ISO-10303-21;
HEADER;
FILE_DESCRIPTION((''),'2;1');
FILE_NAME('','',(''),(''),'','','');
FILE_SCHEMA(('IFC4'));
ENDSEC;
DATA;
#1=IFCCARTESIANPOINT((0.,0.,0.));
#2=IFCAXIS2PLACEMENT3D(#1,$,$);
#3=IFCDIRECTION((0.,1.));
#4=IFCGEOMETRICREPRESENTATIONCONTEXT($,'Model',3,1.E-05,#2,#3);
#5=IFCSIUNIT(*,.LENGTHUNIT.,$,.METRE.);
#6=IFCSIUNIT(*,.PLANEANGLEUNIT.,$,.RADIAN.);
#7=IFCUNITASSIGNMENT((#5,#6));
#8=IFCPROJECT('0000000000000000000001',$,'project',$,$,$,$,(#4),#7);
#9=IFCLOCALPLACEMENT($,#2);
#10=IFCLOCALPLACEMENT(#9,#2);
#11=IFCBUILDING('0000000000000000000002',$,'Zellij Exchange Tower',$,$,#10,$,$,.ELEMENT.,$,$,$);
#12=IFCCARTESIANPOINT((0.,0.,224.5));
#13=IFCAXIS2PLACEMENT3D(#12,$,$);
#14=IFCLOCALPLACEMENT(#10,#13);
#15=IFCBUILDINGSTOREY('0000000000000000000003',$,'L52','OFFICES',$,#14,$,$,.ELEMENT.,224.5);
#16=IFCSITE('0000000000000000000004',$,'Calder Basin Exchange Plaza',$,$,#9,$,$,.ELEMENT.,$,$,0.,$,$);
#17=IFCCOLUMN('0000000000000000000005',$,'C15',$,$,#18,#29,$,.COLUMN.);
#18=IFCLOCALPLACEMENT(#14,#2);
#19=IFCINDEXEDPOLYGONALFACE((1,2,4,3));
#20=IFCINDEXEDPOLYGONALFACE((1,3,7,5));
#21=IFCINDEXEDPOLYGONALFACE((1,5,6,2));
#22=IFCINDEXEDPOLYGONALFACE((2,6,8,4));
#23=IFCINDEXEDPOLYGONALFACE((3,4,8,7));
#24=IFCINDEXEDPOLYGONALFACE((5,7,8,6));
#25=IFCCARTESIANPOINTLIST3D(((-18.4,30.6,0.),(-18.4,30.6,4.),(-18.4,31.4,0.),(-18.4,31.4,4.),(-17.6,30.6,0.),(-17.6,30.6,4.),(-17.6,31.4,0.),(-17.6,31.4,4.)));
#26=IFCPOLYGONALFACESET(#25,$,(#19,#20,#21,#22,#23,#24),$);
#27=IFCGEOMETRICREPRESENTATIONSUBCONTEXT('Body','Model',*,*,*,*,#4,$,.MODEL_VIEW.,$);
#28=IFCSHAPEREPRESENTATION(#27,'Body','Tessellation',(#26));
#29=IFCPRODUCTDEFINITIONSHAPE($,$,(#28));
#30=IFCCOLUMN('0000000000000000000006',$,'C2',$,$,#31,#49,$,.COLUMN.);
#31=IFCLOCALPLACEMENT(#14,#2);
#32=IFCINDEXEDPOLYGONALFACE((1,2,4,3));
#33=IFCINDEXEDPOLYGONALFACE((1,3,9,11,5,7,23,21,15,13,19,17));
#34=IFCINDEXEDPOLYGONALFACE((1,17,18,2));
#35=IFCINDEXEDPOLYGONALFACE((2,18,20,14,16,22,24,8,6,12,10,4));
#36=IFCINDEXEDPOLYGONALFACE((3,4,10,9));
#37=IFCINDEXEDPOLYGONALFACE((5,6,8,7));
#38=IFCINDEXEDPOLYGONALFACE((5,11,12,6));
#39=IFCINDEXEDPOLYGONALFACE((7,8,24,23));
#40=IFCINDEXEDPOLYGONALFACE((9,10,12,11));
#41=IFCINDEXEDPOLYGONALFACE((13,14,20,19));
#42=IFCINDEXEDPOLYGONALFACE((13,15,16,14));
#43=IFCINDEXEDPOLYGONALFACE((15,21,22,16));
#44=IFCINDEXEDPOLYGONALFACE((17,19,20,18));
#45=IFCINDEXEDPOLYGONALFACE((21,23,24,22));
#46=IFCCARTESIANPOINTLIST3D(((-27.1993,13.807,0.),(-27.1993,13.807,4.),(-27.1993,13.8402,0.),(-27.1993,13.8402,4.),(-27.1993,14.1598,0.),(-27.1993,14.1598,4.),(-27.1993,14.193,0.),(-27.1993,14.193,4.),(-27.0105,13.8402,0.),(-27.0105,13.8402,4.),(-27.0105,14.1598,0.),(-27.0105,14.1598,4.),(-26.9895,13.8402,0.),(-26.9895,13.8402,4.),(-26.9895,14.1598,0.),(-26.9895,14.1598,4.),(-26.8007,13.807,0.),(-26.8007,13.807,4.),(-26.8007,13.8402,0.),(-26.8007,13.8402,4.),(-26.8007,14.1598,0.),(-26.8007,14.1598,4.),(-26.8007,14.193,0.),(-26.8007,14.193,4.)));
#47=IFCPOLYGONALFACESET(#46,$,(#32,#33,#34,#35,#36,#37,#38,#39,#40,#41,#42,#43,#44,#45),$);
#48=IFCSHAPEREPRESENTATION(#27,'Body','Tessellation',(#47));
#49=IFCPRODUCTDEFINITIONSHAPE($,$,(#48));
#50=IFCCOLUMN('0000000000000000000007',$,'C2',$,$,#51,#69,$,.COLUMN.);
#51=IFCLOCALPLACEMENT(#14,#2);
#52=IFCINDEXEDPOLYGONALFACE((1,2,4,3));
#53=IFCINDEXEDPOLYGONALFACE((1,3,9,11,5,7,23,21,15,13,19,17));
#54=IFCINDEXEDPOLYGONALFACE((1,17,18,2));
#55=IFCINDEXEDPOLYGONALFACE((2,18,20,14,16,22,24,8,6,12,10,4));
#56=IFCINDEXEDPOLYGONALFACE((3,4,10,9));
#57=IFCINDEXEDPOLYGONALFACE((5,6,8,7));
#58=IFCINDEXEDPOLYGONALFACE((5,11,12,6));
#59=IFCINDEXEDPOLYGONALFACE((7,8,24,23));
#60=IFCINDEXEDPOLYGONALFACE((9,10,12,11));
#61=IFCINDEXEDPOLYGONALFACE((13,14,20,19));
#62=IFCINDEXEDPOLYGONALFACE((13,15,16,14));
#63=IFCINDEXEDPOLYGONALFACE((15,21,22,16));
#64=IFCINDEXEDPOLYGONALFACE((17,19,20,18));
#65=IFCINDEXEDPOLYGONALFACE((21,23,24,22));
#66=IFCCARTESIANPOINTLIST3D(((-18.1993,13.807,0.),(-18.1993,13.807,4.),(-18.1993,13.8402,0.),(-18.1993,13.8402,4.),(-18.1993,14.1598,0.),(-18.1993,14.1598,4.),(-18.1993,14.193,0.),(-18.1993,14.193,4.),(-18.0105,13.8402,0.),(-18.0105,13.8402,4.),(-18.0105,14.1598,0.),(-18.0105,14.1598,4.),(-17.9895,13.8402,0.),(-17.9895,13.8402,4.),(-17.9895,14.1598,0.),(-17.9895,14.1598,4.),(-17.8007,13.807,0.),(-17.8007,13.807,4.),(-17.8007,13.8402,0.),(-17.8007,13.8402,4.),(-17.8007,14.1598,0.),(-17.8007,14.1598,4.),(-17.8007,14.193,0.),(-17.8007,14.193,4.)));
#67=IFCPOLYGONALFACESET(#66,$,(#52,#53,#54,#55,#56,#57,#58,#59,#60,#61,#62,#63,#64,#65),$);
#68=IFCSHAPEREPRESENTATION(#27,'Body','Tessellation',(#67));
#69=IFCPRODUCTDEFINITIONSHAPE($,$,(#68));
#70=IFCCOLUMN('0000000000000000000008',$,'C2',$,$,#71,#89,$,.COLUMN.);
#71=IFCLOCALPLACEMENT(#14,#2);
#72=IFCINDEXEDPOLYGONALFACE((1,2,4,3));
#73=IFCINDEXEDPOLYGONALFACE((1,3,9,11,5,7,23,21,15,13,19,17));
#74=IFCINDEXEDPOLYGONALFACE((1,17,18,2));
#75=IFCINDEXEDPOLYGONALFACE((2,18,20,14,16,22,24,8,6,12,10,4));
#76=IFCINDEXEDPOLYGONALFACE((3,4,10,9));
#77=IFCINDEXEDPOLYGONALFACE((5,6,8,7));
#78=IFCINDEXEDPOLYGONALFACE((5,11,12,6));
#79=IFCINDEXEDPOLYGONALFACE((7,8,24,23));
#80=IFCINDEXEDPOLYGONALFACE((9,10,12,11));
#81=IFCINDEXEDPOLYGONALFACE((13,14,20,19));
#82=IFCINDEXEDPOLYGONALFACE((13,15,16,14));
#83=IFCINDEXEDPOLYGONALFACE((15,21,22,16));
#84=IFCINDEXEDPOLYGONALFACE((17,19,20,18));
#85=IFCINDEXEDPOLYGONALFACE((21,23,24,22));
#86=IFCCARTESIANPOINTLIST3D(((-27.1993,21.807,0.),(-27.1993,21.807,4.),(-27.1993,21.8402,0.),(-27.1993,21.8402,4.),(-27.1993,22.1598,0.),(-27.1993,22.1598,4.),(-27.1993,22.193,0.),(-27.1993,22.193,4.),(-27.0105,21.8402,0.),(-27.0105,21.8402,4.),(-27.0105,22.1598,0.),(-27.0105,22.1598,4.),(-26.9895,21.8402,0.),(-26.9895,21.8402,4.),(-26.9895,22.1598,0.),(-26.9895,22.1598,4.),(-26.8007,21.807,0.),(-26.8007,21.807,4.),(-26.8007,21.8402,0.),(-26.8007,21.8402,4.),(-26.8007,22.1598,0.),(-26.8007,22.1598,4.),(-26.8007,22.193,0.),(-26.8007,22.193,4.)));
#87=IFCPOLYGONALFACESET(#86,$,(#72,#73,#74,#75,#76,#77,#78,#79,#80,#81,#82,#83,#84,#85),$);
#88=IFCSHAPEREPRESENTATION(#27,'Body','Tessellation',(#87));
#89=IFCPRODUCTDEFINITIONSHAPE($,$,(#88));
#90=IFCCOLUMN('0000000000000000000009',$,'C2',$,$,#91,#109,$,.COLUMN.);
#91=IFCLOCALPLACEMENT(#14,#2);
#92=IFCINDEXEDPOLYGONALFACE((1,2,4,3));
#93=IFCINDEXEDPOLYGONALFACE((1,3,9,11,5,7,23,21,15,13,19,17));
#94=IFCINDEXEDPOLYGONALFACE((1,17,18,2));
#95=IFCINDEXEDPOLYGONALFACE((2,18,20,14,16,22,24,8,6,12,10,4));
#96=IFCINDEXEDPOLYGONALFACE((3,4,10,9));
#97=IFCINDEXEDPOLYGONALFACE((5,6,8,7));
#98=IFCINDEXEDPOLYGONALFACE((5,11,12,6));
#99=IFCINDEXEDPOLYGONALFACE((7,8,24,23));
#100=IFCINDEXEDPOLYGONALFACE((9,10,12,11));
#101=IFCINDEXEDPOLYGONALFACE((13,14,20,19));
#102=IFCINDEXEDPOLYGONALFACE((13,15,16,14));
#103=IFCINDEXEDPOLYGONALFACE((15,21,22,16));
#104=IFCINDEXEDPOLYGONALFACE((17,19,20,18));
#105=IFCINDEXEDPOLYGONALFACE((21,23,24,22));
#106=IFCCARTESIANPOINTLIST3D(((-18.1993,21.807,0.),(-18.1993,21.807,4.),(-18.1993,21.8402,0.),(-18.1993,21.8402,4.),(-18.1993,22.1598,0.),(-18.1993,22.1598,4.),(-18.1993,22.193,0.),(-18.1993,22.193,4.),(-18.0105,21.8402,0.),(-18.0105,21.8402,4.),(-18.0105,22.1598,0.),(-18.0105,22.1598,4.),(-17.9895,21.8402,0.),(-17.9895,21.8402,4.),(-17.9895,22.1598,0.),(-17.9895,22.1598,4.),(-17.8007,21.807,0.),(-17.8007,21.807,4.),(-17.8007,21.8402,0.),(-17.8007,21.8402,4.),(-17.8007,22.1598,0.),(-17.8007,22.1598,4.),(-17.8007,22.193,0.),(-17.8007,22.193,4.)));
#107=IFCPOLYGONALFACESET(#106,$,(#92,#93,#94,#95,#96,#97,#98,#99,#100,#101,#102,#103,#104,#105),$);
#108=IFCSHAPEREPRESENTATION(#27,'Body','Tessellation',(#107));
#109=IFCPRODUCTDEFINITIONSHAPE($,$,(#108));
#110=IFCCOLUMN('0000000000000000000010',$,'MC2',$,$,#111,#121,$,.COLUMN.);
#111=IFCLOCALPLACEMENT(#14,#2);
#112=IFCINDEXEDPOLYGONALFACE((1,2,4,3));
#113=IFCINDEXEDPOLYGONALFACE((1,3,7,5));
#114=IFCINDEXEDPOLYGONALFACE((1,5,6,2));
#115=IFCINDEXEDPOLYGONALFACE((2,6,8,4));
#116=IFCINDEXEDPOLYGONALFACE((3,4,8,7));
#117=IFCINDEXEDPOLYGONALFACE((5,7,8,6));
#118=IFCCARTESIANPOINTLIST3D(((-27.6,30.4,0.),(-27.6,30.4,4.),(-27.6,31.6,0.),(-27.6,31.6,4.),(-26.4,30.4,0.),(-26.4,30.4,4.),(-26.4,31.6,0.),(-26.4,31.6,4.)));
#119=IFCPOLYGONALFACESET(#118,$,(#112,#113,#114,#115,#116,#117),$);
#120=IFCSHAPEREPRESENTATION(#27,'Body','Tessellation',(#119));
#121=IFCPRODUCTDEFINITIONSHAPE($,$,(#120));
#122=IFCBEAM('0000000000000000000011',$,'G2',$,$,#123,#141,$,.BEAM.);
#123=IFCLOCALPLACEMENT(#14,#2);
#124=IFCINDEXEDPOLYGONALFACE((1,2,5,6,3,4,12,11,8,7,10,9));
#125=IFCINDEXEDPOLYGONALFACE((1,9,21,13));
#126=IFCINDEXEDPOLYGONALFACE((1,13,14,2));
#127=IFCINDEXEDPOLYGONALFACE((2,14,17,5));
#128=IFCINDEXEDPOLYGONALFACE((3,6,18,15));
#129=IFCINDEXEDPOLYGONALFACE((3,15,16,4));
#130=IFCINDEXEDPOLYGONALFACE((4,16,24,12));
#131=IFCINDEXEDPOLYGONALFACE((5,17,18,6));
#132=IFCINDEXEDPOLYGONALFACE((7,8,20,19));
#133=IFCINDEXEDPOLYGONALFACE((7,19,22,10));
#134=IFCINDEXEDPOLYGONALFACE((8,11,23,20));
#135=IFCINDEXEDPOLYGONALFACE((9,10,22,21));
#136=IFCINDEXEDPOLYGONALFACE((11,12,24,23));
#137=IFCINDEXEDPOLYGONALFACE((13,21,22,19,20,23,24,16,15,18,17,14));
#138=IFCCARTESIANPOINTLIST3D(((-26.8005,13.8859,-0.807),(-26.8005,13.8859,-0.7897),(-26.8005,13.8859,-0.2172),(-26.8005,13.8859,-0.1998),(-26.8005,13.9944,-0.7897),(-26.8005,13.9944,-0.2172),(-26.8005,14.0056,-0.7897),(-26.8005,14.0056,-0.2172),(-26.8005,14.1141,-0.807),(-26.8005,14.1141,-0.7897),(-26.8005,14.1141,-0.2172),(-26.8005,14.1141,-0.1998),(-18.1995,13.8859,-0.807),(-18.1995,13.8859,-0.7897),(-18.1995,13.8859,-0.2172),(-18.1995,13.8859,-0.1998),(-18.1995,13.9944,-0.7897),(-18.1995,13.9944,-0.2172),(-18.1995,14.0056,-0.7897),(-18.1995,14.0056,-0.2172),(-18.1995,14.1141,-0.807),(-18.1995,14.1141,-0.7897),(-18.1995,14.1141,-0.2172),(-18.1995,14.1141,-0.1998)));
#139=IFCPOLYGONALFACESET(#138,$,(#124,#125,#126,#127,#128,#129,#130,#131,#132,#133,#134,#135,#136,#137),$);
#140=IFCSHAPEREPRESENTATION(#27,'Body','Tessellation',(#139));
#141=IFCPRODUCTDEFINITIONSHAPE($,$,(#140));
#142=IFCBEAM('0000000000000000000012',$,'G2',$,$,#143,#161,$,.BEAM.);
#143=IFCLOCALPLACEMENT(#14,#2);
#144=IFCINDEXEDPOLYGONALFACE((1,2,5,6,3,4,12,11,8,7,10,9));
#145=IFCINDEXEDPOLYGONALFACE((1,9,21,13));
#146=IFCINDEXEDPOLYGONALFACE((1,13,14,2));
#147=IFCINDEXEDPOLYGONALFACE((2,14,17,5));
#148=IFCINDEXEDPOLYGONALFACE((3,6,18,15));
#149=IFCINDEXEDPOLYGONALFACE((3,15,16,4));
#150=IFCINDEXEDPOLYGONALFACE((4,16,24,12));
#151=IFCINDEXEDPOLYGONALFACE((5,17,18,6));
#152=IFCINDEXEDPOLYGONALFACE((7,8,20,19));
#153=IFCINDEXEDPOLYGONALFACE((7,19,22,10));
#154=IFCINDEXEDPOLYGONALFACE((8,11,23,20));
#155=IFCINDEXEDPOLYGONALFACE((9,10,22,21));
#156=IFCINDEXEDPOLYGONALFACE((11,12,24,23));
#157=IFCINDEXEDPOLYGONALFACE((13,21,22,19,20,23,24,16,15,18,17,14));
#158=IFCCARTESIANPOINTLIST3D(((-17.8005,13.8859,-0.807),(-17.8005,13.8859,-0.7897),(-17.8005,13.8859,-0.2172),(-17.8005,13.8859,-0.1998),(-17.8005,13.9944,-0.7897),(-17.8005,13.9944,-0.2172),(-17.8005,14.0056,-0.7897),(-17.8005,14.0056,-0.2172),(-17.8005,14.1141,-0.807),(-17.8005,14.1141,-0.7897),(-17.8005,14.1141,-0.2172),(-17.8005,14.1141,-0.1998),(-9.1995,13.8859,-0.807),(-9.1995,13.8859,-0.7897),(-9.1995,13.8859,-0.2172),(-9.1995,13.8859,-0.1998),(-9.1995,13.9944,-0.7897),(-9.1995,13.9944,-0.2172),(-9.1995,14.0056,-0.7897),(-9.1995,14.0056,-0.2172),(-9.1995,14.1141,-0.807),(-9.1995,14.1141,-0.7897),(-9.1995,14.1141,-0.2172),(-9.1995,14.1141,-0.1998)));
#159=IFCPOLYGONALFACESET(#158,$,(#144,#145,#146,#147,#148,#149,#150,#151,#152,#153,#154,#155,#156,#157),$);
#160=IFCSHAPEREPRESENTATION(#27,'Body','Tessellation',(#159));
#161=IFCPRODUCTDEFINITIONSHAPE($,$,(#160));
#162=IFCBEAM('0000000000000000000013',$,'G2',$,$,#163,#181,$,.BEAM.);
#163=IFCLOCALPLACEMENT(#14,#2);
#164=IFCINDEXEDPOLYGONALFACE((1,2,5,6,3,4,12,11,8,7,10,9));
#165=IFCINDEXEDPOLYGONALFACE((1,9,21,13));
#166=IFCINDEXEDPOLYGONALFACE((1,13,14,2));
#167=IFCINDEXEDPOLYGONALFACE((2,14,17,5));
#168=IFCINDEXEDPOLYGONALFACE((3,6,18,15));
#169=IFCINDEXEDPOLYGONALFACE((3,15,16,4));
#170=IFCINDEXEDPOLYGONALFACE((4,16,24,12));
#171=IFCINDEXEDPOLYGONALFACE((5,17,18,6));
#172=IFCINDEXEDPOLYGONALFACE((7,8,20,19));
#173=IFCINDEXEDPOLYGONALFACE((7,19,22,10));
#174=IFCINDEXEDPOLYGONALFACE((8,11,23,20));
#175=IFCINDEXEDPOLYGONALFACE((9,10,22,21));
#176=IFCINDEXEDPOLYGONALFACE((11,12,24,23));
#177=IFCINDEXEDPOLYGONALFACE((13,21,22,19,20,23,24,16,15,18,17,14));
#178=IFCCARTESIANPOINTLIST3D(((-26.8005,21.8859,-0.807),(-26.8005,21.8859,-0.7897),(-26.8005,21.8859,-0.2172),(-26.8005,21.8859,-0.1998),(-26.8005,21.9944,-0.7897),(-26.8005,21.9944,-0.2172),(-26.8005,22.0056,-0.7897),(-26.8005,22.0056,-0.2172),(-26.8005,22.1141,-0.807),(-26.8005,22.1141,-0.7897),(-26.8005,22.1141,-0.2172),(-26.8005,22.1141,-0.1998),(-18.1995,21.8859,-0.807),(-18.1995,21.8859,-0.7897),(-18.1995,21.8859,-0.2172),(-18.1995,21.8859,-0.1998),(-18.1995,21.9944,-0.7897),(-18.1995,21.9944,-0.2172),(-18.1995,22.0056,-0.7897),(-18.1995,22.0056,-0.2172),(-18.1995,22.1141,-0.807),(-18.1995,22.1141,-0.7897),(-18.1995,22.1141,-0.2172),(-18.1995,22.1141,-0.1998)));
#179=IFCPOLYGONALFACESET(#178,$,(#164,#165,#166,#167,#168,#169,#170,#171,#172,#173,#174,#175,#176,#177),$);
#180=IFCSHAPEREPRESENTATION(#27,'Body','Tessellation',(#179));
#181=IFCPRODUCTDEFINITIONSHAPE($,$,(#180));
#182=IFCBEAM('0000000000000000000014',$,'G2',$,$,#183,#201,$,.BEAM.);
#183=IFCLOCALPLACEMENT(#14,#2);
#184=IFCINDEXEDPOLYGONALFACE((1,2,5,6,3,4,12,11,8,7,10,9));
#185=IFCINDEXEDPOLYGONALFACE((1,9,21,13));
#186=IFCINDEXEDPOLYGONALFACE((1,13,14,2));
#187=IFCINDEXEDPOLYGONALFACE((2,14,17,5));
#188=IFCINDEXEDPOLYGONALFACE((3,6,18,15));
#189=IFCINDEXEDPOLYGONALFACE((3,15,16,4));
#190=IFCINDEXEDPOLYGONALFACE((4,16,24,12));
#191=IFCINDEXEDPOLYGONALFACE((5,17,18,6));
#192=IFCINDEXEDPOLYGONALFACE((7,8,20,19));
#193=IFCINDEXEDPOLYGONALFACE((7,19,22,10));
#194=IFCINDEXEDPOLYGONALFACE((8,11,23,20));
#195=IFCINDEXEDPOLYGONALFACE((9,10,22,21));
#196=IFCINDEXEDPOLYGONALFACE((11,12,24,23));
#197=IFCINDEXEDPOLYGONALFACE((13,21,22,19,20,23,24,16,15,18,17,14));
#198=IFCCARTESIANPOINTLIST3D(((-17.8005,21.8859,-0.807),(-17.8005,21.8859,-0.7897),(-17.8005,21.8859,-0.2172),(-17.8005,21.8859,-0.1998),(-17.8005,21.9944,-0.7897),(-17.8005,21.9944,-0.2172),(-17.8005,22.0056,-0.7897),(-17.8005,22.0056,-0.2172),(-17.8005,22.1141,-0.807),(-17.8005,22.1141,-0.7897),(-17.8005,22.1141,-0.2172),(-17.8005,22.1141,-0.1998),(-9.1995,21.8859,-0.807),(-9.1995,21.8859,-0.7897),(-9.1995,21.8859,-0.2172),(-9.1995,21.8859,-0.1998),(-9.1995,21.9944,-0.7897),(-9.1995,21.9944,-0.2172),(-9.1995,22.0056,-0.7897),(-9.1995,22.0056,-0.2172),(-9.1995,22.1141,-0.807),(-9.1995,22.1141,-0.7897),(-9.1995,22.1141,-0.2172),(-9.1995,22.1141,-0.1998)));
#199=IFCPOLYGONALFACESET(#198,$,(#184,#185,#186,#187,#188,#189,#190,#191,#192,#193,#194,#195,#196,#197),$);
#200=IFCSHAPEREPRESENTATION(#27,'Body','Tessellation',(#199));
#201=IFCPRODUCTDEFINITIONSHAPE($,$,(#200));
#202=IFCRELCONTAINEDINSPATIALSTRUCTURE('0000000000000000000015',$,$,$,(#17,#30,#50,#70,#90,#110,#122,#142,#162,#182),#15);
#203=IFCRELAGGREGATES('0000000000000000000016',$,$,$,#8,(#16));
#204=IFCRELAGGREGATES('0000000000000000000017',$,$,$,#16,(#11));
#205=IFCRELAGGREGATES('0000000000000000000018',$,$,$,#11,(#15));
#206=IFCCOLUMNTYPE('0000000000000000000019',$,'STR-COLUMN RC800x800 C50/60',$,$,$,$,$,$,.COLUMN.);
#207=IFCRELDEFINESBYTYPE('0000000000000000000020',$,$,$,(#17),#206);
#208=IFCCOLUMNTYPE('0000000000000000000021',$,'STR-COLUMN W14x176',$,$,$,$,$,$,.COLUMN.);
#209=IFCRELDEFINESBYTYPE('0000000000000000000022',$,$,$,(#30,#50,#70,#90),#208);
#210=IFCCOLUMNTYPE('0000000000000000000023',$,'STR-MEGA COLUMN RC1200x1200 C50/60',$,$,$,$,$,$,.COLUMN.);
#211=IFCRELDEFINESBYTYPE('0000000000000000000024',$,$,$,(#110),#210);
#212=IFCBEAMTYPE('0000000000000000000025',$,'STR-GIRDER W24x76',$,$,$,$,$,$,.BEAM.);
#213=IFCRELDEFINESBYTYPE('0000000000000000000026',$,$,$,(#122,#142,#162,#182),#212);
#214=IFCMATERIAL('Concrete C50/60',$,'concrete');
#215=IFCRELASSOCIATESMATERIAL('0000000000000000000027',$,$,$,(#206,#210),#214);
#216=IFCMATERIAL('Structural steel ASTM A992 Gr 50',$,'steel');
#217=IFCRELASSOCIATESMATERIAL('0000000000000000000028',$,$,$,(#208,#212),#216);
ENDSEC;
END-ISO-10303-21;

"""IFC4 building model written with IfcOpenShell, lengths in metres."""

from ifc_helpers import new_model, si_unit, direction, frame, origin, origin_2d, place, context, subcontext, project, spatial, rectangle, i_section, extrude, material, material_profile, profile_set, type_object, element, save


model = new_model("IFC4")

# Units and contexts
model_context = context("Model", 3, precision=1e-05, world=origin(), true_north=direction((0.0, 1.0)))
body_context = subcontext(model_context, "Body", "Model", "MODEL_VIEW")
ifc_project = project(units=[si_unit("LENGTHUNIT", "METRE"), si_unit("PLANEANGLEUNIT", "RADIAN")], contexts=[model_context])

# Site, building, storey
site_placement = place(None, origin())
site = spatial("IfcSite", under=ifc_project, at=site_placement, Name="Calder Basin Exchange Plaza", CompositionType="ELEMENT", RefElevation=0.0)
building_placement = place(site_placement, origin())
building = spatial("IfcBuilding", under=site, at=building_placement, Name="Zellij Exchange Tower", CompositionType="ELEMENT")
storey_placement = place(building_placement, frame((0.0, 0.0, 224.5)))
storey = spatial("IfcBuildingStorey", under=building, at=storey_placement, Name="L52", Description="OFFICES", CompositionType="ELEMENT", Elevation=224.5)

# Columns
ifc_material_1 = material(Name="Concrete C50/60", Category="concrete")
ifc_material_profile_1 = material_profile(ifc_material_1, rectangle(XDim=0.8, YDim=0.8, at=origin_2d()), Name="STR-COLUMN RC800x800 C50/60")
ifc_profile_set_1 = profile_set([ifc_material_profile_1], Name="Concrete C50/60")
column_type_1 = type_object("IfcColumnType", Name="STR-COLUMN RC800x800 C50/60", PredefinedType="COLUMN", material=ifc_profile_set_1)
column_1_placement = place(storey_placement, frame((-18.0, 31.0, 0.0), z_axis=(0.0, 0.0, 1.0), x_axis=(1.0, 0.0, 0.0)))
element("IfcColumn", 1, at=column_1_placement, inside=storey, type_object=column_type_1, Name="C15", PredefinedType="COLUMN", context=body_context, shape_type="SweptSolid", body=[
    extrude(rectangle(XDim=0.8, YDim=0.8, at=origin_2d()), origin(), (0.0, 0.0, 1.0), 4.0),
])
ifc_material_2 = material(Name="Structural steel ASTM A992 Gr 50", Category="steel")
ifc_material_profile_2 = material_profile(ifc_material_2, i_section(OverallWidth=0.3987, OverallDepth=0.386, WebThickness=0.021, FlangeThickness=0.0332, at=origin_2d()), Name="W14x176")
ifc_profile_set_2 = profile_set([ifc_material_profile_2], Name="Structural steel ASTM A992 Gr 50")
column_type_2 = type_object("IfcColumnType", Name="STR-COLUMN W14x176", PredefinedType="COLUMN", material=ifc_profile_set_2)
for number, where, z_axis, x_axis, name in (
    (2, (-27.0, 14.0, 0.0), (0.0, 0.0, 1.0), (1.0, 0.0, 0.0), "C2"),
    (3, (-18.0, 14.0, 0.0), (0.0, 0.0, 1.0), (1.0, 0.0, 0.0), "C2"),
    (4, (-27.0, 22.0, 0.0), (0.0, 0.0, 1.0), (1.0, 0.0, 0.0), "C2"),
    (5, (-18.0, 22.0, 0.0), (0.0, 0.0, 1.0), (1.0, 0.0, 0.0), "C2"),
):
    element("IfcColumn", number, at=place(storey_placement, frame(where, z_axis=z_axis, x_axis=x_axis)), inside=storey, type_object=column_type_2, Name=name, PredefinedType="COLUMN", context=body_context, shape_type="SweptSolid", body=[
        extrude(i_section(OverallWidth=0.3987, OverallDepth=0.386, WebThickness=0.021, FlangeThickness=0.0332, at=origin_2d()), origin(), (0.0, 0.0, 1.0), 4.0),
    ])
ifc_material_profile_3 = material_profile(ifc_material_1, rectangle(XDim=1.2, YDim=1.2, at=origin_2d()), Name="STR-MEGA COLUMN RC1200x1200 C50/60")
ifc_profile_set_3 = profile_set([ifc_material_profile_3], Name="Concrete C50/60")
column_type_3 = type_object("IfcColumnType", Name="STR-MEGA COLUMN RC1200x1200 C50/60", PredefinedType="COLUMN", material=ifc_profile_set_3)
column_2_placement = place(storey_placement, frame((-27.0, 31.0, 0.0), z_axis=(0.0, 0.0, 1.0), x_axis=(1.0, 0.0, 0.0)))
element("IfcColumn", 6, at=column_2_placement, inside=storey, type_object=column_type_3, Name="MC2", PredefinedType="COLUMN", context=body_context, shape_type="SweptSolid", body=[
    extrude(rectangle(XDim=1.2, YDim=1.2, at=origin_2d()), origin(), (0.0, 0.0, 1.0), 4.0),
])

# Beams
ifc_material_profile_4 = material_profile(ifc_material_2, i_section(OverallWidth=0.2283, OverallDepth=0.6072, WebThickness=0.0112, FlangeThickness=0.0173, at=origin_2d()), Name="W24x76")
ifc_profile_set_4 = profile_set([ifc_material_profile_4], Name="Structural steel ASTM A992 Gr 50")
beam_type = type_object("IfcBeamType", Name="STR-GIRDER W24x76", PredefinedType="BEAM", material=ifc_profile_set_4)
for number, where, z_axis, x_axis, name in (
    (7, (-26.8005, 14.0, -0.5034), (1.0, 0.0, 0.0), (0.0, 1.0, 0.0), "G2"),
    (8, (-17.8005, 14.0, -0.5034), (1.0, 0.0, 0.0), (0.0, 1.0, 0.0), "G2"),
    (9, (-26.8005, 22.0, -0.5034), (1.0, 0.0, 0.0), (0.0, 1.0, 0.0), "G2"),
    (10, (-17.8005, 22.0, -0.5034), (1.0, 0.0, 0.0), (0.0, 1.0, 0.0), "G2"),
):
    element("IfcBeam", number, at=place(storey_placement, frame(where, z_axis=z_axis, x_axis=x_axis)), inside=storey, type_object=beam_type, Name=name, PredefinedType="BEAM", context=body_context, shape_type="SweptSolid", body=[
        extrude(i_section(OverallWidth=0.2283, OverallDepth=0.6072, WebThickness=0.0112, FlangeThickness=0.0173, at=origin_2d()), origin(), (0.0, 0.0, 1.0), 8.6011),
    ])

save(model, "model.ifc")
